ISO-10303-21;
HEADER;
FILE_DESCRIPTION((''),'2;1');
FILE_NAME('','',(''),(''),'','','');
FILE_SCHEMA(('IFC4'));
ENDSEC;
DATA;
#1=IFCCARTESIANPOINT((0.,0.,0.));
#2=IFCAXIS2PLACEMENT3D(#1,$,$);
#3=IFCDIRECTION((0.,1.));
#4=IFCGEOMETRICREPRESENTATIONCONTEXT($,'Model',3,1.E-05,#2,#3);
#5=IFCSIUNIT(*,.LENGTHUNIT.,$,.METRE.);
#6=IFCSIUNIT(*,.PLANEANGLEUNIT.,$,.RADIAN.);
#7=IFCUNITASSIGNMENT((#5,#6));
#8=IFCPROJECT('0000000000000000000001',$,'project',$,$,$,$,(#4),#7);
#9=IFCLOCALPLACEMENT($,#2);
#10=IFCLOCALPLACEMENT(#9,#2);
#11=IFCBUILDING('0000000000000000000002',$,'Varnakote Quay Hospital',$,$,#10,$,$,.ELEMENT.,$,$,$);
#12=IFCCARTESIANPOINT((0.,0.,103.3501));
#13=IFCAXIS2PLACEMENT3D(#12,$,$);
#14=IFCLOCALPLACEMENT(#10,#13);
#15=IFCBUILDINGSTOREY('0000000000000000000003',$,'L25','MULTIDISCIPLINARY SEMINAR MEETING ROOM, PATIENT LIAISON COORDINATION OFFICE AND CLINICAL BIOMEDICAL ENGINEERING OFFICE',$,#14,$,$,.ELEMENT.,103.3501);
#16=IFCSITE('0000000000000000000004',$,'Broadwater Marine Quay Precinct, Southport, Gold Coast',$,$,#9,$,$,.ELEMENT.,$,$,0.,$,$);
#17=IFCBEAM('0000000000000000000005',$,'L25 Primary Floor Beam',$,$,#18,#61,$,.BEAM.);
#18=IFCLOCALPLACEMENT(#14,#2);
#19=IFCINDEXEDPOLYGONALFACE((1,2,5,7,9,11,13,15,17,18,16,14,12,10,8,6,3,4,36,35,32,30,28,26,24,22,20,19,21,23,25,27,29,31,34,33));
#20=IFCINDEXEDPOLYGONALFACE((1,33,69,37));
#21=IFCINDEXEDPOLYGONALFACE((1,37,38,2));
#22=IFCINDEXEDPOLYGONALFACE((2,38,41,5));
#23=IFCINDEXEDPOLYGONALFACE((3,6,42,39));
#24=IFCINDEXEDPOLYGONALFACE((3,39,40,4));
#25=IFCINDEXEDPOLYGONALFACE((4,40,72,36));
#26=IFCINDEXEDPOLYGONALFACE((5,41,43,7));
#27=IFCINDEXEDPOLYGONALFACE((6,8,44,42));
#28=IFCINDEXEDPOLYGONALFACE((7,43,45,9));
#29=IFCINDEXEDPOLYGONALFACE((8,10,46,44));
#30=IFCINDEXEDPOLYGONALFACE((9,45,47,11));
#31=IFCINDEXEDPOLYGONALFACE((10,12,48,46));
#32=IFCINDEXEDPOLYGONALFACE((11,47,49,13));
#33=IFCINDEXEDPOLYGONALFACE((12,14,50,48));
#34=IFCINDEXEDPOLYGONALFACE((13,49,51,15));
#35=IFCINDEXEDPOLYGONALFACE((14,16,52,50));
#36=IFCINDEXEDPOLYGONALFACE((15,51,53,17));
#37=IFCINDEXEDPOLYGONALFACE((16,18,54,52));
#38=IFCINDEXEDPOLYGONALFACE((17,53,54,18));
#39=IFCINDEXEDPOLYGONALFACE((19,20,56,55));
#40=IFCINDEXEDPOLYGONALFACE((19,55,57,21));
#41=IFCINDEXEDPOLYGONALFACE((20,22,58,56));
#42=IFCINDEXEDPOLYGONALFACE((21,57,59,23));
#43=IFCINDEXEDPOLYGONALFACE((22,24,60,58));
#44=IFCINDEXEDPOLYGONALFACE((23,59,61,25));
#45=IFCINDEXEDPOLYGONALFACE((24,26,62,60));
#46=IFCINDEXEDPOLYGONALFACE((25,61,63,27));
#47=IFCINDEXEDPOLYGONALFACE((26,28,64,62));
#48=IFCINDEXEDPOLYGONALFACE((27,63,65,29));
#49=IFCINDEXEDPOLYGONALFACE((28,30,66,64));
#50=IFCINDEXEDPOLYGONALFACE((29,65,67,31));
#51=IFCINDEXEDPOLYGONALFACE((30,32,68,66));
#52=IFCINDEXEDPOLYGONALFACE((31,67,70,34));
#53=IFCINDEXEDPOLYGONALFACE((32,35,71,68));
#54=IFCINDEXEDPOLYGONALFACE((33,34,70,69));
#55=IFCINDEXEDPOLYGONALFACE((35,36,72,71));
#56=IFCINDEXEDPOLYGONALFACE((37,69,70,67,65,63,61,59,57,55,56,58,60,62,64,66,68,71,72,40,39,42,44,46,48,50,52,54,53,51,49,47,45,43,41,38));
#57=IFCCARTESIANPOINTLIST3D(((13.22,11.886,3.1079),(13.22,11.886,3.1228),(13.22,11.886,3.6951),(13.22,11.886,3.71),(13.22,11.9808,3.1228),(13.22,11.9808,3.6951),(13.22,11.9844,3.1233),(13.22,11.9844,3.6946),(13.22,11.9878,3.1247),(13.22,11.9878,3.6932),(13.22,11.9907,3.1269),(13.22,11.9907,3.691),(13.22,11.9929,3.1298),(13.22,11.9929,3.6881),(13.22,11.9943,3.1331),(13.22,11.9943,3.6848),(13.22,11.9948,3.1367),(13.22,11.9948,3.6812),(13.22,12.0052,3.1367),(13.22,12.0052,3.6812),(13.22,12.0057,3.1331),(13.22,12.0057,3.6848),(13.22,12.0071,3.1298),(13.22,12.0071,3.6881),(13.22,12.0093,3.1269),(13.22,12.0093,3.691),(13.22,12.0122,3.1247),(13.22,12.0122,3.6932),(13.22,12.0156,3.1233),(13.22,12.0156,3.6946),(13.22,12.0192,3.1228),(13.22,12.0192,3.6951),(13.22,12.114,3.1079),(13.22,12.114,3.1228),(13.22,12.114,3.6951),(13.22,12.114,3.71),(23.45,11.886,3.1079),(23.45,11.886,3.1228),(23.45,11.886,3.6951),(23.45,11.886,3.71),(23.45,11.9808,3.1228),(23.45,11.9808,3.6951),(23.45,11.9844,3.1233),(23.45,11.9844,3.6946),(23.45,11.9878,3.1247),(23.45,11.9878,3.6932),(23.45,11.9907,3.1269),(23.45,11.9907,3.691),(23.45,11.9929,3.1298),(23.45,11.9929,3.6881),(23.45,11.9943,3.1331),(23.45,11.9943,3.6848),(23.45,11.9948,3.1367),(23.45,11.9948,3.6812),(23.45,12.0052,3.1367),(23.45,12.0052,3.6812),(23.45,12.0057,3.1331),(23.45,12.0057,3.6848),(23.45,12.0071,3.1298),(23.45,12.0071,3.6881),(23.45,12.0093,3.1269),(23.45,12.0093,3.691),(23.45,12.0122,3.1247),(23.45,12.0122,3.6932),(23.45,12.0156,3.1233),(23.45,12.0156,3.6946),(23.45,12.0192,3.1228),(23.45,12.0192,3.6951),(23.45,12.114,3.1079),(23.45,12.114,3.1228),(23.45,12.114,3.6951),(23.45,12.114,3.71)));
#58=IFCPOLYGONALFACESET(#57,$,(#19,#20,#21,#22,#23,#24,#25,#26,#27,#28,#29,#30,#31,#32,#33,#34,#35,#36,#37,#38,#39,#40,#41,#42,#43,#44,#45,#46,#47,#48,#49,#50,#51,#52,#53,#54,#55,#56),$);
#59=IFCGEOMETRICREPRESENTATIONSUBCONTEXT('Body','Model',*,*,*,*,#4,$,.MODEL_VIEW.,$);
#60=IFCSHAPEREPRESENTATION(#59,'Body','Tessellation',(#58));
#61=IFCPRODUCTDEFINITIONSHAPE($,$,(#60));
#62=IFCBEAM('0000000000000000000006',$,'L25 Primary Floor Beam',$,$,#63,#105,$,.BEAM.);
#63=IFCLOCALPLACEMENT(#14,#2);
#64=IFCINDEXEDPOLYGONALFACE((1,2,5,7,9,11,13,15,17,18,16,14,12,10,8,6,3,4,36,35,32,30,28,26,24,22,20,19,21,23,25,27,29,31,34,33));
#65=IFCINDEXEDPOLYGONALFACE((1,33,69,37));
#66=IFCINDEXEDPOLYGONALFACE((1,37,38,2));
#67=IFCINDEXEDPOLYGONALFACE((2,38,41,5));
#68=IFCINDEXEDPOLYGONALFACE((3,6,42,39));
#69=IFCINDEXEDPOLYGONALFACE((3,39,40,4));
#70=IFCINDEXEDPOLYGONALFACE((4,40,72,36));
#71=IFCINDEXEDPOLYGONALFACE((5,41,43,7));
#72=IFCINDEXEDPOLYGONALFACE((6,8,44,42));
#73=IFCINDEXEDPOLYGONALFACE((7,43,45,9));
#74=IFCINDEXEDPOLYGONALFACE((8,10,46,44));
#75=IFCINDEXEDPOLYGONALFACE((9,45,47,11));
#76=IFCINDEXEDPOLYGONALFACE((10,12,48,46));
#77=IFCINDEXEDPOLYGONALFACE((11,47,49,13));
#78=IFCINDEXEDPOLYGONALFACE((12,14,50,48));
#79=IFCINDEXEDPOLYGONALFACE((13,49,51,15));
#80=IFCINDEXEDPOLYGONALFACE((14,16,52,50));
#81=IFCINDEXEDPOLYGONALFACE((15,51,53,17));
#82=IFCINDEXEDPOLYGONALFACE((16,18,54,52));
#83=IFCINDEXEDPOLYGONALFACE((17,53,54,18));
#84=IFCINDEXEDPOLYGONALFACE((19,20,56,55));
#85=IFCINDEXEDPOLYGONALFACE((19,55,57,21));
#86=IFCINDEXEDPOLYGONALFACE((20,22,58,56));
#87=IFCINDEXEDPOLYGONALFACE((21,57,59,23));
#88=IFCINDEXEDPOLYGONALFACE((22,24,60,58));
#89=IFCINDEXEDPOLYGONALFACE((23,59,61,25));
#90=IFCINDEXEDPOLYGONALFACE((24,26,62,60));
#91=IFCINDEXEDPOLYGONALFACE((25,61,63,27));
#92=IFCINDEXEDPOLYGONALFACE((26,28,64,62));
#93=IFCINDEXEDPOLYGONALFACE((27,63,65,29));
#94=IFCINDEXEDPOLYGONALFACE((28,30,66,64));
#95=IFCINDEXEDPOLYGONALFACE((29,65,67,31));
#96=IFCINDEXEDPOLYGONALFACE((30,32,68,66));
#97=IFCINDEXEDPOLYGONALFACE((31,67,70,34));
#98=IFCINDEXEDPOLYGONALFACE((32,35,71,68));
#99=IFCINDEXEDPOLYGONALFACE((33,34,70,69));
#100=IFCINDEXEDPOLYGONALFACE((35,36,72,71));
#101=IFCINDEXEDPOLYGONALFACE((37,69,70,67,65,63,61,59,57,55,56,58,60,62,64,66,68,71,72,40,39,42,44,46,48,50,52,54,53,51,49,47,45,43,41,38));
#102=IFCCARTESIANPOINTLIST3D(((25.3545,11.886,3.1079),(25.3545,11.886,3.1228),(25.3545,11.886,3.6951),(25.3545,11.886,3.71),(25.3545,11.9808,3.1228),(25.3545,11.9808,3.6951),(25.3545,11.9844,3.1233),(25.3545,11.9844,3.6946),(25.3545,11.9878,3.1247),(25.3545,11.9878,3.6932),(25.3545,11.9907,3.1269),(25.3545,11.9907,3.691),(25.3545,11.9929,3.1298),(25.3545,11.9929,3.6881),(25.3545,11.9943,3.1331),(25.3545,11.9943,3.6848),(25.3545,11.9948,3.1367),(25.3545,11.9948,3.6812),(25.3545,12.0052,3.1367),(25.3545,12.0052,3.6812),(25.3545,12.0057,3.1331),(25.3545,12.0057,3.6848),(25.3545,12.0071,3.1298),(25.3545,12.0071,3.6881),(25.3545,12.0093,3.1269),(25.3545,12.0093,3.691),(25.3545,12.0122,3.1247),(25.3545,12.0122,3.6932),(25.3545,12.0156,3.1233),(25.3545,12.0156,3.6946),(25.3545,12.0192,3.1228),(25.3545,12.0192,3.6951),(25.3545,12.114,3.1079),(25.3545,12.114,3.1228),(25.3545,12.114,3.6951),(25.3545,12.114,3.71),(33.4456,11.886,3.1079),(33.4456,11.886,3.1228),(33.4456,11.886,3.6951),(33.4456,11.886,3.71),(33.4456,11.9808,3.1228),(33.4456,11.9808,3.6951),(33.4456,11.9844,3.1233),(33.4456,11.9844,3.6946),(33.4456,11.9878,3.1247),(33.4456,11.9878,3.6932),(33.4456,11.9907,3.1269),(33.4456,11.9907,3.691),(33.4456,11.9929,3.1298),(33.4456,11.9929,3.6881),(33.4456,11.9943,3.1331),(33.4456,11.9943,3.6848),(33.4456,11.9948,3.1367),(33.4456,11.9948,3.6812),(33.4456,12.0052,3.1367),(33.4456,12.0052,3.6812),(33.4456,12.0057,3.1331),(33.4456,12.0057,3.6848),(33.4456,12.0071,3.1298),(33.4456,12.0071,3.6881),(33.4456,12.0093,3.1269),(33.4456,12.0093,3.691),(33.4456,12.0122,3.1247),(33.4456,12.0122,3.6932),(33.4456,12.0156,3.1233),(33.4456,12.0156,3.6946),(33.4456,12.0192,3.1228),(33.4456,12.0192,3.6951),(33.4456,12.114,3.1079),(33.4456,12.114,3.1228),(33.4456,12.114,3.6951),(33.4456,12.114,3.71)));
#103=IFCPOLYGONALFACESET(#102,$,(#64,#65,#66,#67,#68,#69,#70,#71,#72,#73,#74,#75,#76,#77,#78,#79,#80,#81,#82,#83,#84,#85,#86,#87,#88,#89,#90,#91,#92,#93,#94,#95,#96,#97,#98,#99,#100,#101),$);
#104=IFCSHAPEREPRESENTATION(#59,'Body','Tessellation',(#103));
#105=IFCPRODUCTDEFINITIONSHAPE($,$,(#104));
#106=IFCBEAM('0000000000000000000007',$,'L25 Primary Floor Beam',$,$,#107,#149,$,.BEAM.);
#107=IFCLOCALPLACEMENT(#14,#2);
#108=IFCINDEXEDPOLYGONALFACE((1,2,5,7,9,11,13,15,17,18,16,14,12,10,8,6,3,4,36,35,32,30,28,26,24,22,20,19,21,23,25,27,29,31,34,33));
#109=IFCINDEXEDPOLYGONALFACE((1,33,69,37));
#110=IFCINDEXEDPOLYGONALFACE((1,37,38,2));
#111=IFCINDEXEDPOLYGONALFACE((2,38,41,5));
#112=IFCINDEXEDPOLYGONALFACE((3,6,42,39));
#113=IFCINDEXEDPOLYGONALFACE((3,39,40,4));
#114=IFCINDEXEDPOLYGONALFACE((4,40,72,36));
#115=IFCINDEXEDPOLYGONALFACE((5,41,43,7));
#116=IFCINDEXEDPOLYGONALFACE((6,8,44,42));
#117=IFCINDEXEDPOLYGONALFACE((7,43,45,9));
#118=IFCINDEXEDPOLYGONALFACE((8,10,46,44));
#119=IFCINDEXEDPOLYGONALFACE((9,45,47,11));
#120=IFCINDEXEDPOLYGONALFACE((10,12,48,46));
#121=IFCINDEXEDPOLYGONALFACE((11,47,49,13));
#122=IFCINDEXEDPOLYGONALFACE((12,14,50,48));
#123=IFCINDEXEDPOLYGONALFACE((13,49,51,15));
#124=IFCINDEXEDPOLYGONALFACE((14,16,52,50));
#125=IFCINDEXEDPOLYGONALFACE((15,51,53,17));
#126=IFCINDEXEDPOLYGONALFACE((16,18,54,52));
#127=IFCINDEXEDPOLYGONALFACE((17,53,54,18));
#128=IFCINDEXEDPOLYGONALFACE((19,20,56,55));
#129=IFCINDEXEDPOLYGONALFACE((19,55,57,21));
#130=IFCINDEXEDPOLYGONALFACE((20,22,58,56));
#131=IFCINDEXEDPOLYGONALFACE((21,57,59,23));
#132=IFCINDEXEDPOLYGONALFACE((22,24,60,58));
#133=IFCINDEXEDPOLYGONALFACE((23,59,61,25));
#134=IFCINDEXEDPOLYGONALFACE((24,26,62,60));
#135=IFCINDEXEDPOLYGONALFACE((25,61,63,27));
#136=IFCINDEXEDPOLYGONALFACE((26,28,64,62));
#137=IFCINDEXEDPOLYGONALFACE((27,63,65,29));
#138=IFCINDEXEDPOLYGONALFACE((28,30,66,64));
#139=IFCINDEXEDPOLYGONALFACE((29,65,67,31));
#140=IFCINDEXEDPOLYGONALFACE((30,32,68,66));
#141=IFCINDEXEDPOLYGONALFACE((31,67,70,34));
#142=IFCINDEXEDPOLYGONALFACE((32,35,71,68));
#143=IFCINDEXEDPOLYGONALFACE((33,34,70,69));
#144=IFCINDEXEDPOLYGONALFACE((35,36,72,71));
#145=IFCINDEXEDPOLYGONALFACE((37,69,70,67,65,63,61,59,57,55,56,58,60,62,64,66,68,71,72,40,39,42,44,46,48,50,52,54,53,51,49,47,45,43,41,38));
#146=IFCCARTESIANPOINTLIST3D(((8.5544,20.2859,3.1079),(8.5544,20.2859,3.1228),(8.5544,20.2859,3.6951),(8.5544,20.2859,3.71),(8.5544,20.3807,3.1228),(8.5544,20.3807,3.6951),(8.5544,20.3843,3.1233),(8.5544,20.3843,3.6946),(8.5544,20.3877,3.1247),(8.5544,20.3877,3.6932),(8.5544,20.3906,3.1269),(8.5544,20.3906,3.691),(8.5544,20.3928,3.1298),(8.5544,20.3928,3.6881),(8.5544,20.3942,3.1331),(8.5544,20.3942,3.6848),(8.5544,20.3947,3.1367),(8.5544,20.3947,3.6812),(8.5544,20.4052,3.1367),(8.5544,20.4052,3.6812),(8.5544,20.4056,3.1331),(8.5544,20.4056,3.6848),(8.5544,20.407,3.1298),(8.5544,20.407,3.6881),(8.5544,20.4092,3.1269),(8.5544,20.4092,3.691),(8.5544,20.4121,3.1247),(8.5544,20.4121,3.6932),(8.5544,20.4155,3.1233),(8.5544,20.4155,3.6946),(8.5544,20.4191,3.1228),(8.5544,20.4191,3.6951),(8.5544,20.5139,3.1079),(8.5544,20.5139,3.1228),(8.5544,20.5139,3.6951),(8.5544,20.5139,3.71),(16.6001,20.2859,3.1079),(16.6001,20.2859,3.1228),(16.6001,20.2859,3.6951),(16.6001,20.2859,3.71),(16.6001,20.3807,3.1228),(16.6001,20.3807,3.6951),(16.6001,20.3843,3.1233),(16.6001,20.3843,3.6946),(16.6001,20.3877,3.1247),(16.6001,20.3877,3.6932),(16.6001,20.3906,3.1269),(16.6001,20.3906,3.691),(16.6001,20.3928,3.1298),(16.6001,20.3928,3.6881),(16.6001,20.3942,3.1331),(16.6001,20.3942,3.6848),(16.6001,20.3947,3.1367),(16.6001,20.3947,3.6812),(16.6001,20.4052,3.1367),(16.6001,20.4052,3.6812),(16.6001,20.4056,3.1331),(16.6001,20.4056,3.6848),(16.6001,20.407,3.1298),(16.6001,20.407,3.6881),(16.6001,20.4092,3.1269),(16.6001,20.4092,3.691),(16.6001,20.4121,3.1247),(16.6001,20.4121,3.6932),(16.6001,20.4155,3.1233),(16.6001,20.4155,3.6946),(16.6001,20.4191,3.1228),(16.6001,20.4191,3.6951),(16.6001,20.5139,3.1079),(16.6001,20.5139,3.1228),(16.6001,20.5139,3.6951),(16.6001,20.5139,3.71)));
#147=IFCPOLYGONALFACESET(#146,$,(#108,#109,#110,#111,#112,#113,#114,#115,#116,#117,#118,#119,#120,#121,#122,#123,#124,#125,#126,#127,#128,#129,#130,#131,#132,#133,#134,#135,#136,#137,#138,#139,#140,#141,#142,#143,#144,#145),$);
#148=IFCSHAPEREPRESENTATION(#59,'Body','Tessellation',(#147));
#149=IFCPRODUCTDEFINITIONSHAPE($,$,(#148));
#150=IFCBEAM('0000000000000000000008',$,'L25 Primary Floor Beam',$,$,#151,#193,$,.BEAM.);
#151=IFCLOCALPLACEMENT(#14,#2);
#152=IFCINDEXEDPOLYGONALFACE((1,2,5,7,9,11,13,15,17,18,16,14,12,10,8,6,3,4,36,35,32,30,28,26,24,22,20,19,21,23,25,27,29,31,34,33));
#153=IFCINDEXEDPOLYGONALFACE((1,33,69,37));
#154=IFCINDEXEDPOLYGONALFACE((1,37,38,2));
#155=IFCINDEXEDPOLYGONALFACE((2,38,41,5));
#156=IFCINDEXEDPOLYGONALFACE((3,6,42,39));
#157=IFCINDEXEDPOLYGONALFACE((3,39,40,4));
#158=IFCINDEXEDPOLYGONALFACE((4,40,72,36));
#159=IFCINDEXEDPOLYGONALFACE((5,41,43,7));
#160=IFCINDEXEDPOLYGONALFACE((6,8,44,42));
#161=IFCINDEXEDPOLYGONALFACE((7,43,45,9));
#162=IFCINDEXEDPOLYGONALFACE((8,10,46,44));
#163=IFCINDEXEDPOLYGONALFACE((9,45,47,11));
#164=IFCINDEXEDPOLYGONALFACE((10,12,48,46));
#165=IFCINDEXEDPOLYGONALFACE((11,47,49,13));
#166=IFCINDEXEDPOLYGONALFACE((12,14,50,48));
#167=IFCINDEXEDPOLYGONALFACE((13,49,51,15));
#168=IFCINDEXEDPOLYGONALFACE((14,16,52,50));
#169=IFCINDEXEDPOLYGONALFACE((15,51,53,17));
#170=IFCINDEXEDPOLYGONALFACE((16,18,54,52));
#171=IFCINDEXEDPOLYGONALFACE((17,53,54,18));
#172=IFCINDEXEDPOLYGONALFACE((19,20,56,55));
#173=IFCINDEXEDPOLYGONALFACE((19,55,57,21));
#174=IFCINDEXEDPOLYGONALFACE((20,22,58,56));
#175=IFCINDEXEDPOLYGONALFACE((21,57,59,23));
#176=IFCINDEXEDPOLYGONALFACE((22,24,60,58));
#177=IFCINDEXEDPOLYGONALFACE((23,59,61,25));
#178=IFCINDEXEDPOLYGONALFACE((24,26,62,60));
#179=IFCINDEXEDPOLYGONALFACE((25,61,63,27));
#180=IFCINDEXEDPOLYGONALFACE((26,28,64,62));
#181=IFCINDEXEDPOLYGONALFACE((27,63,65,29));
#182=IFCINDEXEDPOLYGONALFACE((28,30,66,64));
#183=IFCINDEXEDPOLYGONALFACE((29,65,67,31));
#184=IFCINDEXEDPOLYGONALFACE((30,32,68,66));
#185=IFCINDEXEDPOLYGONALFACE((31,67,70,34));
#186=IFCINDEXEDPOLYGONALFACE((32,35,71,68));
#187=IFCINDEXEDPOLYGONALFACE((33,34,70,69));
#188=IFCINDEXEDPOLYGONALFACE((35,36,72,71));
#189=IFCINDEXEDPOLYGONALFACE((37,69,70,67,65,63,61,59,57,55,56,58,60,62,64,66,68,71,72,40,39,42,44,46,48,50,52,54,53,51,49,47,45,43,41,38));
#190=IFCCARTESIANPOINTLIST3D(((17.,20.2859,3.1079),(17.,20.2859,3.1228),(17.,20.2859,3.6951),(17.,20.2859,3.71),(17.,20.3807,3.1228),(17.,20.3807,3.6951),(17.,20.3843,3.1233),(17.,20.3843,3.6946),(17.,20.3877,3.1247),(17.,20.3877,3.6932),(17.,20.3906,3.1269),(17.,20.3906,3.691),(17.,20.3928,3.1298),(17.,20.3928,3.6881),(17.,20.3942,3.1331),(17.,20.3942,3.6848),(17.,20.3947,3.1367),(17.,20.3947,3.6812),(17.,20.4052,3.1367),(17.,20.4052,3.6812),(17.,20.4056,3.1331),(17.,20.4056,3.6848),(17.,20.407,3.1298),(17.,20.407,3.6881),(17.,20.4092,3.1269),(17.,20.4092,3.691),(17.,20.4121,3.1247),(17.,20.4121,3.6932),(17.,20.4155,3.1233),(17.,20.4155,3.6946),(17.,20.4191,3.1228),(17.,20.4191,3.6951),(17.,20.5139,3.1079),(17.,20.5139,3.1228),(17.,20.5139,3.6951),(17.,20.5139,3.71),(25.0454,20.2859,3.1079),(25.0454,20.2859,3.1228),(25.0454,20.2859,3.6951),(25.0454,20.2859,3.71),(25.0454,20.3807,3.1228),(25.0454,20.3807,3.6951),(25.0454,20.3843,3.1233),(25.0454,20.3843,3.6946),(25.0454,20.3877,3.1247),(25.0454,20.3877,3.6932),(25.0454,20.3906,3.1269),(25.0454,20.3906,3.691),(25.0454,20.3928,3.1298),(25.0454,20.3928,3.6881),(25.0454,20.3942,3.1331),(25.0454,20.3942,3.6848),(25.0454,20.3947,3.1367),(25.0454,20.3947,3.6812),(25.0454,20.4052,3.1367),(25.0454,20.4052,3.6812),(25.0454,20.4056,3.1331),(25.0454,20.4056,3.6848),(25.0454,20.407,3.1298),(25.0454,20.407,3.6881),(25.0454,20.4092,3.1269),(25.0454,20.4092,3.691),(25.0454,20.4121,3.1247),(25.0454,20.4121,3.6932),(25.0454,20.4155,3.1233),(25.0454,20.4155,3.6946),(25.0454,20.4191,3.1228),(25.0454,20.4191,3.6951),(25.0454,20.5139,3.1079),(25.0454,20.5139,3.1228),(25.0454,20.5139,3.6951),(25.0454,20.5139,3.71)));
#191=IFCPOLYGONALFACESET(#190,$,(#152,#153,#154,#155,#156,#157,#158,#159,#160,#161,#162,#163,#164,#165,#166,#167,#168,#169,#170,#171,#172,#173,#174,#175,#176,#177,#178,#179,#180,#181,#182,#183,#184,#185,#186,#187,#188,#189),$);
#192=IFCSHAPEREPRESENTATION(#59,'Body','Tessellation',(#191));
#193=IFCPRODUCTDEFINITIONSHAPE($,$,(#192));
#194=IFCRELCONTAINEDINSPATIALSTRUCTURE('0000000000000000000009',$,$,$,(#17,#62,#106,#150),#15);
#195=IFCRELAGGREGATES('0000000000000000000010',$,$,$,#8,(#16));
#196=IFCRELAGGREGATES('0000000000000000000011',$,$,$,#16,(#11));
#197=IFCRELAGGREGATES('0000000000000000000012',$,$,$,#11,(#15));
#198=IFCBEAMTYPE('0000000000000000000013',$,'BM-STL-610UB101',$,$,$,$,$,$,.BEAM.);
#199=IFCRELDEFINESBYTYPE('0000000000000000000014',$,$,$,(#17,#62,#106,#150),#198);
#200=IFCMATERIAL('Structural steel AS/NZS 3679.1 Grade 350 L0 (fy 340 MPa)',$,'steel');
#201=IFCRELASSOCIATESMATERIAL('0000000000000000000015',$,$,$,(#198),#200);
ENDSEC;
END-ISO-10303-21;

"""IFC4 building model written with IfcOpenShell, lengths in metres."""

from ifc_helpers import new_model, si_unit, direction, frame, origin, origin_2d, place, context, subcontext, project, spatial, i_section, extrude, material, material_profile, profile_set, type_object, element, save


model = new_model("IFC4")

# Units and contexts
model_context = context("Model", 3, precision=1e-05, world=origin(), true_north=direction((0.0, 1.0)))
body_context = subcontext(model_context, "Body", "Model", "MODEL_VIEW")
ifc_project = project(units=[si_unit("LENGTHUNIT", "METRE"), si_unit("PLANEANGLEUNIT", "RADIAN")], contexts=[model_context])

# Site, building, storey
site_placement = place(None, origin())
site = spatial("IfcSite", under=ifc_project, at=site_placement, Name="Broadwater Marine Quay Precinct, Southport, Gold Coast", CompositionType="ELEMENT", RefElevation=0.0)
building_placement = place(site_placement, origin())
building = spatial("IfcBuilding", under=site, at=building_placement, Name="Varnakote Quay Hospital", CompositionType="ELEMENT")
storey_placement = place(building_placement, frame((0.0, 0.0, 103.3501)))
storey = spatial("IfcBuildingStorey", under=building, at=storey_placement, Name="L25", Description="MULTIDISCIPLINARY SEMINAR MEETING ROOM, PATIENT LIAISON COORDINATION OFFICE AND CLINICAL BIOMEDICAL ENGINEERING OFFICE", CompositionType="ELEMENT", Elevation=103.3501)

# Beams
ifc_material_1 = material(Name="Structural steel AS/NZS 3679.1 Grade 350 L0 (fy 340 MPa)", Category="steel")
ifc_material_profile_1 = material_profile(ifc_material_1, i_section(OverallWidth=0.228, OverallDepth=0.6021, WebThickness=0.0105, FlangeThickness=0.0149, FilletRadius=0.0139, at=origin_2d()), Name="610UB101")
ifc_profile_set_1 = profile_set([ifc_material_profile_1], Name="Structural steel AS/NZS 3679.1 Grade 350 L0 (fy 340 MPa)")
beam_type_1 = type_object("IfcBeamType", Name="BM-STL-610UB101", PredefinedType="BEAM", material=ifc_profile_set_1)
beam_1_placement = place(storey_placement, frame((13.22, 12.0, 3.4089), z_axis=(1.0, 0.0, 0.0), x_axis=(0.0, 1.0, 0.0)))
element("IfcBeam", 1, at=beam_1_placement, inside=storey, type_object=beam_type_1, Name="L25 Primary Floor Beam", PredefinedType="BEAM", context=body_context, shape_type="SweptSolid", body=[
    extrude(i_section(OverallWidth=0.228, OverallDepth=0.6021, WebThickness=0.0105, FlangeThickness=0.0149, FilletRadius=0.0139, at=origin_2d()), origin(), (0.0, 0.0, 1.0), 10.23),
])
beam_2_placement = place(storey_placement, frame((25.3545, 12.0, 3.4089), z_axis=(1.0, 0.0, 0.0), x_axis=(0.0, 1.0, 0.0)))
element("IfcBeam", 2, at=beam_2_placement, inside=storey, type_object=beam_type_1, Name="L25 Primary Floor Beam", PredefinedType="BEAM", context=body_context, shape_type="SweptSolid", body=[
    extrude(i_section(OverallWidth=0.228, OverallDepth=0.6021, WebThickness=0.0105, FlangeThickness=0.0149, FilletRadius=0.0139, at=origin_2d()), origin(), (0.0, 0.0, 1.0), 8.0911),
])
beam_3_placement = place(storey_placement, frame((8.5544, 20.3999, 3.4089), z_axis=(1.0, 0.0, 0.0), x_axis=(0.0, 1.0, 0.0)))
element("IfcBeam", 3, at=beam_3_placement, inside=storey, type_object=beam_type_1, Name="L25 Primary Floor Beam", PredefinedType="BEAM", context=body_context, shape_type="SweptSolid", body=[
    extrude(i_section(OverallWidth=0.228, OverallDepth=0.6021, WebThickness=0.0105, FlangeThickness=0.0149, FilletRadius=0.0139, at=origin_2d()), origin(), (0.0, 0.0, 1.0), 8.0457),
])
beam_4_placement = place(storey_placement, frame((17.0, 20.3999, 3.4089), z_axis=(1.0, 0.0, 0.0), x_axis=(0.0, 1.0, 0.0)))
element("IfcBeam", 4, at=beam_4_placement, inside=storey, type_object=beam_type_1, Name="L25 Primary Floor Beam", PredefinedType="BEAM", context=body_context, shape_type="SweptSolid", body=[
    extrude(i_section(OverallWidth=0.228, OverallDepth=0.6021, WebThickness=0.0105, FlangeThickness=0.0149, FilletRadius=0.0139, at=origin_2d()), origin(), (0.0, 0.0, 1.0), 8.0454),
])

save(model, "model.ifc")
